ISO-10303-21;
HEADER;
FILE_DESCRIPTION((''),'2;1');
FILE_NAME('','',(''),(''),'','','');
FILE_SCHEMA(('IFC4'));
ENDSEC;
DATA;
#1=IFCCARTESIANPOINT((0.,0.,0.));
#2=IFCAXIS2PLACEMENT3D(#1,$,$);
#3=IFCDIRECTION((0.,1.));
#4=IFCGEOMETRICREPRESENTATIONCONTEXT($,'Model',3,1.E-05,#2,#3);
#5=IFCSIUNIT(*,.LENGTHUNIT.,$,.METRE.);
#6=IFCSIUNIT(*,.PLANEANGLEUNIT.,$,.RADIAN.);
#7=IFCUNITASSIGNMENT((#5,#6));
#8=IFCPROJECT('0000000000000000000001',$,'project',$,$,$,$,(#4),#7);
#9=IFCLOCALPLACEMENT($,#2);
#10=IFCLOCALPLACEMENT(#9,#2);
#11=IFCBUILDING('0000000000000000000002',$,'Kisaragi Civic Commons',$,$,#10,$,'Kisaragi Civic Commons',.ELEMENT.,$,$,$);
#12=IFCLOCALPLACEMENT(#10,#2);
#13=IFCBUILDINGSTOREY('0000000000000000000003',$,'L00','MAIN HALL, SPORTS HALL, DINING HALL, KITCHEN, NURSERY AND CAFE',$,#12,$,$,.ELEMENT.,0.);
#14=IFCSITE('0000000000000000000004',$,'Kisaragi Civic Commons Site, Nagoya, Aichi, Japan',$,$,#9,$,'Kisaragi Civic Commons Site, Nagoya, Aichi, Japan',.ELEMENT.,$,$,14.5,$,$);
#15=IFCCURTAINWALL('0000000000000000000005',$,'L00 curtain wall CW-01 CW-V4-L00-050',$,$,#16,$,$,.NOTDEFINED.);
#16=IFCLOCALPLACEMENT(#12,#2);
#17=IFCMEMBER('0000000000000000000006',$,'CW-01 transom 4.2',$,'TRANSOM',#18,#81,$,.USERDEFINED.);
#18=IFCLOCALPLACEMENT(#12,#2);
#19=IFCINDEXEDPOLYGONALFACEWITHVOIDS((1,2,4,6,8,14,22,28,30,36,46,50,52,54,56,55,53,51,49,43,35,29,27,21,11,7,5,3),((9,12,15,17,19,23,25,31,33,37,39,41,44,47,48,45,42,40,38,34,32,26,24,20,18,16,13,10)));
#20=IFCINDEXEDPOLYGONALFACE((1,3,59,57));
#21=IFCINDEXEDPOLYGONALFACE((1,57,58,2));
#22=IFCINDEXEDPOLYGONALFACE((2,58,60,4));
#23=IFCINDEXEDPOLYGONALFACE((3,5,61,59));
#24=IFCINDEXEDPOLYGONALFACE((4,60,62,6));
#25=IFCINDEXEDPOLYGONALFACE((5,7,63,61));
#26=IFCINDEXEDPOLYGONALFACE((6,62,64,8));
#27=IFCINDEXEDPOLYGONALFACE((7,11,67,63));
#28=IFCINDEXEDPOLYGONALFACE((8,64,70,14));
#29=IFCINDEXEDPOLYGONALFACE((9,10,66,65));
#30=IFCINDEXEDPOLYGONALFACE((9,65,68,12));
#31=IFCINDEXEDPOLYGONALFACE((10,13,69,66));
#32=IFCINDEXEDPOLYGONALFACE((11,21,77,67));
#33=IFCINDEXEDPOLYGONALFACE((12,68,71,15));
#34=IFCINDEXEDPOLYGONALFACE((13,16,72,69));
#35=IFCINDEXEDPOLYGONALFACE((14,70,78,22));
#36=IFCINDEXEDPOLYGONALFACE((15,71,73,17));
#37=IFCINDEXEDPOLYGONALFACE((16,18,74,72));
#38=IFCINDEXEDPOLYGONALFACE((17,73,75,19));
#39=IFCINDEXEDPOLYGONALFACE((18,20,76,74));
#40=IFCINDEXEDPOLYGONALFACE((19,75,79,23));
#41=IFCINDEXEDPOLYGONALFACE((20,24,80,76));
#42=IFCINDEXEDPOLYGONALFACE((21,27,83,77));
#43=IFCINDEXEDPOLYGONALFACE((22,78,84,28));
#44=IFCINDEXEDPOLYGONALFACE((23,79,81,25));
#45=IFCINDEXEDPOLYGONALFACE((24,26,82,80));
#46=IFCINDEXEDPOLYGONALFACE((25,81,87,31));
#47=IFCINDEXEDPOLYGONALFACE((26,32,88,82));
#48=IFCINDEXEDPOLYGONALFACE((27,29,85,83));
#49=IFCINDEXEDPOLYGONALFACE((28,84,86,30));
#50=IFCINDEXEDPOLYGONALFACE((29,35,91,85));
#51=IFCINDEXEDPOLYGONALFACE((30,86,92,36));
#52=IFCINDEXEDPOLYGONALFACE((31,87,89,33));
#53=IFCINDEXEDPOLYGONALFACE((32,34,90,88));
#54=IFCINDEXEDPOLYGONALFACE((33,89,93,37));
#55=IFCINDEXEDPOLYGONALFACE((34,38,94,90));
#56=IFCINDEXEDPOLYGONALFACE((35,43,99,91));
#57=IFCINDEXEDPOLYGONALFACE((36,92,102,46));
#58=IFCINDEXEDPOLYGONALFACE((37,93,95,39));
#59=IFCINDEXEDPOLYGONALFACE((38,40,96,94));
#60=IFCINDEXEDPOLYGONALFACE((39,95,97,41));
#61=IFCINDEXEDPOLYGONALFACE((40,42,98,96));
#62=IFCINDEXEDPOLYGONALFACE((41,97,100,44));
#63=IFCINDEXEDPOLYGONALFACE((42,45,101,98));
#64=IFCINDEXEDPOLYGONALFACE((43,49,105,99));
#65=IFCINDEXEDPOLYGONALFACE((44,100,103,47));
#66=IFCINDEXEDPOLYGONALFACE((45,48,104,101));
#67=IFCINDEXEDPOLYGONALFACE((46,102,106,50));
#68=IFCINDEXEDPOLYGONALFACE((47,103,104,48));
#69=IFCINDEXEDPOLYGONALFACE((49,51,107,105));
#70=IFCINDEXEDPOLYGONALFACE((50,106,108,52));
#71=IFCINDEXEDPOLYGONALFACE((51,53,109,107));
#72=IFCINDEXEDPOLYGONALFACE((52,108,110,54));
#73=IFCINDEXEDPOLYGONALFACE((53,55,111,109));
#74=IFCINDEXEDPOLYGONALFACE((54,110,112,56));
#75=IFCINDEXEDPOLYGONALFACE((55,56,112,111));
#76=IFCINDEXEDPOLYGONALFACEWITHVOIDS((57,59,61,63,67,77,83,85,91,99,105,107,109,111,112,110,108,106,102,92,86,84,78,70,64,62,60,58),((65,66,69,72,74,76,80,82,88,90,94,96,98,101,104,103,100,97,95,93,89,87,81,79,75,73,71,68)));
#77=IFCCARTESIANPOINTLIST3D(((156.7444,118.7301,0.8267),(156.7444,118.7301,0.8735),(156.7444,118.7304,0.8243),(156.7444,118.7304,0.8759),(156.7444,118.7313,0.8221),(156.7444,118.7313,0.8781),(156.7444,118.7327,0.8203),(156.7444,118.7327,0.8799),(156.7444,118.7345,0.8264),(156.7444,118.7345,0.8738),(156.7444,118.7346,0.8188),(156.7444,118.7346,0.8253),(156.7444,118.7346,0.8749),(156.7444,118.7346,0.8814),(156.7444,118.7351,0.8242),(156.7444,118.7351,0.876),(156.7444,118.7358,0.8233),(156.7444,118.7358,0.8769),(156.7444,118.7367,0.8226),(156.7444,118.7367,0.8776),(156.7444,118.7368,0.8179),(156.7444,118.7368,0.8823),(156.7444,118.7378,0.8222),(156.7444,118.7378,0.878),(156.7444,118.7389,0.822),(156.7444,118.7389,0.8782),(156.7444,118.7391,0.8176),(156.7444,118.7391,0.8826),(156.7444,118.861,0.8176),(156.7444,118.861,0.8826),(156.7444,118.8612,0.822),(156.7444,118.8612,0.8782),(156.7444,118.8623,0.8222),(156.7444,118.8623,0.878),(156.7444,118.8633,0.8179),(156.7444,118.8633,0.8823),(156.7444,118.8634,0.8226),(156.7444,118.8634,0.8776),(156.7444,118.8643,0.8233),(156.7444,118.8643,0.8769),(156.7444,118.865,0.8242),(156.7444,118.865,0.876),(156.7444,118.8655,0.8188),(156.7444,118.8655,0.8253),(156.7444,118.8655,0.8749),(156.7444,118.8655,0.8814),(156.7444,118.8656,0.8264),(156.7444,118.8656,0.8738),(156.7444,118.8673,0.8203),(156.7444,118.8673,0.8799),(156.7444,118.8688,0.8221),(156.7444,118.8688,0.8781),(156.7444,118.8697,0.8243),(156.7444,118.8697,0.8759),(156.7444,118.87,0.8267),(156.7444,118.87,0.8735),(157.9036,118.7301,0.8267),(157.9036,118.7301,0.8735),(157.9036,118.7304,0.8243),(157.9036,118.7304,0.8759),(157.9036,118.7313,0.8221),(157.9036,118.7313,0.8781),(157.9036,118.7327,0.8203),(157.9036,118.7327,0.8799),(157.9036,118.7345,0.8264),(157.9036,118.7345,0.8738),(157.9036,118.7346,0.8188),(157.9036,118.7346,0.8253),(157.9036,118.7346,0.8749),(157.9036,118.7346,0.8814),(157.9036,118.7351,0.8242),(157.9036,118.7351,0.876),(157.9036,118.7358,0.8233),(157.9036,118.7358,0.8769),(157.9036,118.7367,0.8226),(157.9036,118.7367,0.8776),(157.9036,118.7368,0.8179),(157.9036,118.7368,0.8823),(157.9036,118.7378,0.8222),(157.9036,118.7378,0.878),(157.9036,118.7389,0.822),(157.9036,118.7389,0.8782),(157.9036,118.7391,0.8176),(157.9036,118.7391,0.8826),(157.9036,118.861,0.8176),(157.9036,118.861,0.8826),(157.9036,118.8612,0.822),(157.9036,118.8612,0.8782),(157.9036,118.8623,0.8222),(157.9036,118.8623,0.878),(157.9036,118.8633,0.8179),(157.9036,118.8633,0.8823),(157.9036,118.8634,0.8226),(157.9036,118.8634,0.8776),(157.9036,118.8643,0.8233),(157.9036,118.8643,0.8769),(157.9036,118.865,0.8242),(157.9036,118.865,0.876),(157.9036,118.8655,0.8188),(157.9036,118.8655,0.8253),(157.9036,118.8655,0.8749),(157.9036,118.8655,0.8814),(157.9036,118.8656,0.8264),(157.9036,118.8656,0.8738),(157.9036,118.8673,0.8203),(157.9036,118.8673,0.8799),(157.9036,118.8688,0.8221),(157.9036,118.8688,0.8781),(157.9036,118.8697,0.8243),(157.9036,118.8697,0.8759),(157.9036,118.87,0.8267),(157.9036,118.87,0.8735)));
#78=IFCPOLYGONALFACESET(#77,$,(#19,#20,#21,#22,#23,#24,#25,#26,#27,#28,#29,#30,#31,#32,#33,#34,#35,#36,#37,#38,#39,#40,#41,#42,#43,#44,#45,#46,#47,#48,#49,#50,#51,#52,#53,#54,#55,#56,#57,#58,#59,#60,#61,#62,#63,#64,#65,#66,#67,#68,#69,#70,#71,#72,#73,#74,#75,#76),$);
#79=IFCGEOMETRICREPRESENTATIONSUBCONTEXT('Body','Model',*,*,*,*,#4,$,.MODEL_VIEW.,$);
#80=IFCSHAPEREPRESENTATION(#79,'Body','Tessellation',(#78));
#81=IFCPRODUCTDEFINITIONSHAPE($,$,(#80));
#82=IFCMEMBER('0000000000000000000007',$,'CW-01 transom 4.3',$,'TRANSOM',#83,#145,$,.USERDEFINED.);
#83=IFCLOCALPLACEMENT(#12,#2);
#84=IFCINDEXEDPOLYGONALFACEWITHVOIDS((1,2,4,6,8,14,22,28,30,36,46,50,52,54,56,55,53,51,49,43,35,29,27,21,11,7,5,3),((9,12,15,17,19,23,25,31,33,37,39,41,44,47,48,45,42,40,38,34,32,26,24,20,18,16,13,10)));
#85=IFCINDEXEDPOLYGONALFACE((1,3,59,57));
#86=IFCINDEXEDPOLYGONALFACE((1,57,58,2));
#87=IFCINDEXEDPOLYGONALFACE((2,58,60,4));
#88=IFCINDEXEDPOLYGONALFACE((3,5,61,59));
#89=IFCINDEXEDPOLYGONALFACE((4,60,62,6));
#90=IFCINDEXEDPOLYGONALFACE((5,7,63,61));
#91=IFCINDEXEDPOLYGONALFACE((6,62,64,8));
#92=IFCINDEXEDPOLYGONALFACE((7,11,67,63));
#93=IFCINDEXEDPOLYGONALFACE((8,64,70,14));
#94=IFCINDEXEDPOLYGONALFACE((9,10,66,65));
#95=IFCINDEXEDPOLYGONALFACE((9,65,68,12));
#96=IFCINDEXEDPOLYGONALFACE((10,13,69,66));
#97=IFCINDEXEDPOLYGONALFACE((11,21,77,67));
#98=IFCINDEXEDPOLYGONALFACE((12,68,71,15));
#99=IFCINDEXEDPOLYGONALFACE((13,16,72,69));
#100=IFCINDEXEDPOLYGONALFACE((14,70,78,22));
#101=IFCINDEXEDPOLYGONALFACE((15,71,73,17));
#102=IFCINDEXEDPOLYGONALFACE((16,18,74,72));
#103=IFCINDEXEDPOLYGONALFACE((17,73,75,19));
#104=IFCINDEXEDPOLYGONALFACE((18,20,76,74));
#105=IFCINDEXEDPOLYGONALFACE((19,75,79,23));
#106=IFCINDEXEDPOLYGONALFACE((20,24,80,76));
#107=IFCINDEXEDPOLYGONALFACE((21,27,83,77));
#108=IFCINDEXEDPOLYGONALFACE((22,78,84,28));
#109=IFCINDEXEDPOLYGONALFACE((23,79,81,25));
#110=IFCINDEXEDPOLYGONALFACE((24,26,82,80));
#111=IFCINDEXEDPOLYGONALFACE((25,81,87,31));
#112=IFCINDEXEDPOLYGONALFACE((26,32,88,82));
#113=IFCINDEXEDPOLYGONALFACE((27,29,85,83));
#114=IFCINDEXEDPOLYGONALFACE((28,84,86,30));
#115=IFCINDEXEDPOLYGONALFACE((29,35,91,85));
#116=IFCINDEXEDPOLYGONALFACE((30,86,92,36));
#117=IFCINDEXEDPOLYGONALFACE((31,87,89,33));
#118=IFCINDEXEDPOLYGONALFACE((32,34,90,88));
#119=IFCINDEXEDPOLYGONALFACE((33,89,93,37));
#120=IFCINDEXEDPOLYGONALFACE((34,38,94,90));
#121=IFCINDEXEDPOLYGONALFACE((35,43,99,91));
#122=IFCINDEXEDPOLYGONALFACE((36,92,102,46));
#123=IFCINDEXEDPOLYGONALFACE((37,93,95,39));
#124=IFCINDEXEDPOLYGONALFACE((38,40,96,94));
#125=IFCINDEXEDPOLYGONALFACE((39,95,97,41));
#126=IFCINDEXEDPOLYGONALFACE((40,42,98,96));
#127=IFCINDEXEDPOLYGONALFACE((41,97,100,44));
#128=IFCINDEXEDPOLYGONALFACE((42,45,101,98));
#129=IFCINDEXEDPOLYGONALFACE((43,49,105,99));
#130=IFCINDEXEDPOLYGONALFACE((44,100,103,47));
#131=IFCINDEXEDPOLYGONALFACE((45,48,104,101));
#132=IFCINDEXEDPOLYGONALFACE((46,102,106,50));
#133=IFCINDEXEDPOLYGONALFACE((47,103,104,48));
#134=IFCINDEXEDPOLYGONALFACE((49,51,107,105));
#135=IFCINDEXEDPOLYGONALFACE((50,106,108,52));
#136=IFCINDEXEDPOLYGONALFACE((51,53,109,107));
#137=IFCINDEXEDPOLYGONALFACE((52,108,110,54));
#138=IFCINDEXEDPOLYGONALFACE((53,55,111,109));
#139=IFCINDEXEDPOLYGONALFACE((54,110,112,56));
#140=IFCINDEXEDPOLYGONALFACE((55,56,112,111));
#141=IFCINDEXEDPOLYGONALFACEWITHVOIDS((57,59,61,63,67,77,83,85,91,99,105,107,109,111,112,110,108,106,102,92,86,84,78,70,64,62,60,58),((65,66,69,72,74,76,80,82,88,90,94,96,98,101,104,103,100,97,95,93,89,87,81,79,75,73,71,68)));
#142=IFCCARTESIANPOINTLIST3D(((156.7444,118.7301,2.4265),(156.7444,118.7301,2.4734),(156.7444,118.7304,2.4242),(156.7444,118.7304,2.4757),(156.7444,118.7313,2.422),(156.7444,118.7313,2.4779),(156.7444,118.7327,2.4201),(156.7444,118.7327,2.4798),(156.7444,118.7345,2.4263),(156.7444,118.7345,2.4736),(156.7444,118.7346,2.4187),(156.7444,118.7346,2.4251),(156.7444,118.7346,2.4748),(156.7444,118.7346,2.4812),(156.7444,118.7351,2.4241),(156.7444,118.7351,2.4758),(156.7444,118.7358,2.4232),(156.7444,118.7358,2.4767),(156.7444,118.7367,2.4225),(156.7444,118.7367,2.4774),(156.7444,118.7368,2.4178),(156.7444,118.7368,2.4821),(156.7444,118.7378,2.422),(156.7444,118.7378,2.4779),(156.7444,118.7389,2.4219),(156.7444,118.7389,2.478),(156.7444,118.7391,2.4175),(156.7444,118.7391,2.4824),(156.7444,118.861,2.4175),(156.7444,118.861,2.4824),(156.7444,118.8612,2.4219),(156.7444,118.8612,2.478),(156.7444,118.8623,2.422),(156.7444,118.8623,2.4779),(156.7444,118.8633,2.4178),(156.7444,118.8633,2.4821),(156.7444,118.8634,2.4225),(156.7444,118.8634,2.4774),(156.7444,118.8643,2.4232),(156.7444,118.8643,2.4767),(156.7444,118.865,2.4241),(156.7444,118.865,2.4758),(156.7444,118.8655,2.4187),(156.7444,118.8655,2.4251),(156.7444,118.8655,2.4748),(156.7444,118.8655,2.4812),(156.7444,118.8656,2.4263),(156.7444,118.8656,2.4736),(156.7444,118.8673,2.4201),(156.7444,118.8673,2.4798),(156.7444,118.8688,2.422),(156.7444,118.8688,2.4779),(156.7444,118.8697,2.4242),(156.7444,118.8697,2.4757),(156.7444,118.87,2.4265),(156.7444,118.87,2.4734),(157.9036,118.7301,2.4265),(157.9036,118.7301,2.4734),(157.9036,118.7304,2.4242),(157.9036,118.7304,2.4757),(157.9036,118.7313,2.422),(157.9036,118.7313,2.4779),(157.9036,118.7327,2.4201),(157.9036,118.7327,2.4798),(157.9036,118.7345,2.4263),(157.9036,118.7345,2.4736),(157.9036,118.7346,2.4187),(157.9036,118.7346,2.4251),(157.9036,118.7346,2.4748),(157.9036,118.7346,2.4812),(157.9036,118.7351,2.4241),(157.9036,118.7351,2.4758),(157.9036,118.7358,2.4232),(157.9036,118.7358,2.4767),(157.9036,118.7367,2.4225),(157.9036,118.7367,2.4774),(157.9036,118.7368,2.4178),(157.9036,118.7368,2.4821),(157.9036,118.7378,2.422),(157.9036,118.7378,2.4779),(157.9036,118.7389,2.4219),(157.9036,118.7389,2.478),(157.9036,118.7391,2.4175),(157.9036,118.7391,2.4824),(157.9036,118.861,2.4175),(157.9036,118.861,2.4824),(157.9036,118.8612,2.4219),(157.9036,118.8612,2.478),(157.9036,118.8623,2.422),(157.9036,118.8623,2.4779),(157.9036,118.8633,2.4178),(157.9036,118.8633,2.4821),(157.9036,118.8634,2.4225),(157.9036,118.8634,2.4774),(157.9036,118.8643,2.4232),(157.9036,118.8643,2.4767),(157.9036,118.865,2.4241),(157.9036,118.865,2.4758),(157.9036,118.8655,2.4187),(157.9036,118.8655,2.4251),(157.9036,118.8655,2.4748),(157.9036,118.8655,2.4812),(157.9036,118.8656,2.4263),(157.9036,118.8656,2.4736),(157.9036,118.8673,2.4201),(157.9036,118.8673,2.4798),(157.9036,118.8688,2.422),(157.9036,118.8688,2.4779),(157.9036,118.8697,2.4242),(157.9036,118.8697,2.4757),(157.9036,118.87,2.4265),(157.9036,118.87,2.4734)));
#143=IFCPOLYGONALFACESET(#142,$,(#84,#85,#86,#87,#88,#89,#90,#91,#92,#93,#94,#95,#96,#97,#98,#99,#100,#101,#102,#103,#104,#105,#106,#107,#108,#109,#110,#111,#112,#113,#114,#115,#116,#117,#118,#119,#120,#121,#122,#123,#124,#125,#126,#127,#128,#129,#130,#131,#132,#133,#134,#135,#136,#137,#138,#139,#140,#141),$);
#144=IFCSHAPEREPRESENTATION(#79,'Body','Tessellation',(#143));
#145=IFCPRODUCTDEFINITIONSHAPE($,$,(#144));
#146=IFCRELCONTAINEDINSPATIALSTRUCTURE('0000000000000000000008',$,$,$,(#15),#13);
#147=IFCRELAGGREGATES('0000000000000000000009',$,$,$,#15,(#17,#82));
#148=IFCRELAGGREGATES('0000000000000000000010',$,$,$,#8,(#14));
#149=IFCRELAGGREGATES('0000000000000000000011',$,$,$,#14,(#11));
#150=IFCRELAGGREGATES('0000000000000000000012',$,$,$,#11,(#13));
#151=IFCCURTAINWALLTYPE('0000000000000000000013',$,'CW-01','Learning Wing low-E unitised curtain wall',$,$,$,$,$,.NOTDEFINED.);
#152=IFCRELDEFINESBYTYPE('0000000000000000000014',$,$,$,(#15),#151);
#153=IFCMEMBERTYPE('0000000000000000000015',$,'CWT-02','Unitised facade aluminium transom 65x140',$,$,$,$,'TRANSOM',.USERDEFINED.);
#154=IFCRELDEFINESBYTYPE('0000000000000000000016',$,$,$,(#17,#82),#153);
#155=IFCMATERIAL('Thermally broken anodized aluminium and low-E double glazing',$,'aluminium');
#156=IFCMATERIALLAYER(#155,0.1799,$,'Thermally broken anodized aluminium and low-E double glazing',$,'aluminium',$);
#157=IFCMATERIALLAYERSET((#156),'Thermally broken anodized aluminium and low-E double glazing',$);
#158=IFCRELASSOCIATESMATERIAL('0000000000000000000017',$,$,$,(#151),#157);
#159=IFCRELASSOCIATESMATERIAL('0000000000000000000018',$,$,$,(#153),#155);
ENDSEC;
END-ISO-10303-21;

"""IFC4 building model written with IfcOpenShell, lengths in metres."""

from ifc_helpers import new_model, si_unit, direction, frame, origin, origin_2d, place, context, subcontext, project, spatial, hollow_rectangle, extrude, material, layer, layer_set, material_profile, profile_set, type_object, element, aggregate, save


model = new_model("IFC4")

# Units and contexts
model_context = context("Model", 3, precision=1e-05, world=origin(), true_north=direction((0.0, 1.0)))
body_context = subcontext(model_context, "Body", "Model", "MODEL_VIEW")
ifc_project = project(units=[si_unit("LENGTHUNIT", "METRE"), si_unit("PLANEANGLEUNIT", "RADIAN")], contexts=[model_context])

# Site, building, storey
site_placement = place(None, origin())
site = spatial("IfcSite", under=ifc_project, at=site_placement, Name="Kisaragi Civic Commons Site, Nagoya, Aichi, Japan", LongName="Kisaragi Civic Commons Site, Nagoya, Aichi, Japan", CompositionType="ELEMENT", RefElevation=14.5)
building_placement = place(site_placement, origin())
building = spatial("IfcBuilding", under=site, at=building_placement, Name="Kisaragi Civic Commons", LongName="Kisaragi Civic Commons", CompositionType="ELEMENT")
storey_placement = place(building_placement, origin())
storey = spatial("IfcBuildingStorey", under=building, at=storey_placement, Name="L00", Description="MAIN HALL, SPORTS HALL, DINING HALL, KITCHEN, NURSERY AND CAFE", CompositionType="ELEMENT", Elevation=0.0)

# Curtain wall
ifc_material_1 = material(Name="Thermally broken anodized aluminium and low-E double glazing", Category="aluminium")
ifc_layer_1 = layer(ifc_material_1, 0.1799, Name="Thermally broken anodized aluminium and low-E double glazing", Category="aluminium")
ifc_layer_set_1 = layer_set([ifc_layer_1], Name="Thermally broken anodized aluminium and low-E double glazing")
curtain_wall_type = type_object("IfcCurtainWallType", Name="CW-01", Description="Learning Wing low-E unitised curtain wall", PredefinedType="NOTDEFINED", material=ifc_layer_set_1)
curtain_wall_1_placement = place(storey_placement, origin())
curtain_wall_1 = element("IfcCurtainWall", 1, at=curtain_wall_1_placement, inside=storey, type_object=curtain_wall_type, Name="L00 curtain wall CW-01 CW-V4-L00-050", PredefinedType="NOTDEFINED")

# Members
ifc_material_profile_1 = material_profile(ifc_material_1, hollow_rectangle(XDim=0.1399, YDim=0.0649, WallThickness=0.0044, InnerFilletRadius=0.0044, OuterFilletRadius=0.009, at=origin_2d()), Name="CWT-65x140x4.5", Category="aluminium")
ifc_profile_set_1 = profile_set([ifc_material_profile_1], Name="Thermally broken anodized aluminium and low-E double glazing")
member_type_1 = type_object("IfcMemberType", Name="CWT-02", Description="Unitised facade aluminium transom 65x140", ElementType="TRANSOM", PredefinedType="USERDEFINED", material=ifc_profile_set_1)
member_1_placement = place(storey_placement, frame((156.7444, 118.8, 0.8501), z_axis=(1.0, 0.0, 0.0), x_axis=(0.0, 1.0, 0.0)))
member_1 = element("IfcMember", 2, at=member_1_placement, type_object=member_type_1, Name="CW-01 transom 4.2", ObjectType="TRANSOM", PredefinedType="USERDEFINED", context=body_context, shape_type="SweptSolid", body=[
    extrude(hollow_rectangle(XDim=0.1399, YDim=0.0649, WallThickness=0.0044, InnerFilletRadius=0.0044, OuterFilletRadius=0.009, at=origin_2d()), origin(), (0.0, 0.0, 1.0), 1.1592),
])
member_2_placement = place(storey_placement, frame((156.7444, 118.8, 2.45), z_axis=(1.0, 0.0, 0.0), x_axis=(0.0, 1.0, 0.0)))
member_2 = element("IfcMember", 3, at=member_2_placement, type_object=member_type_1, Name="CW-01 transom 4.3", ObjectType="TRANSOM", PredefinedType="USERDEFINED", context=body_context, shape_type="SweptSolid", body=[
    extrude(hollow_rectangle(XDim=0.1399, YDim=0.0649, WallThickness=0.0044, InnerFilletRadius=0.0044, OuterFilletRadius=0.009, at=origin_2d()), origin(), (0.0, 0.0, 1.0), 1.1592),
])

aggregate(curtain_wall_1, [member_1, member_2])

save(model, "model.ifc")
